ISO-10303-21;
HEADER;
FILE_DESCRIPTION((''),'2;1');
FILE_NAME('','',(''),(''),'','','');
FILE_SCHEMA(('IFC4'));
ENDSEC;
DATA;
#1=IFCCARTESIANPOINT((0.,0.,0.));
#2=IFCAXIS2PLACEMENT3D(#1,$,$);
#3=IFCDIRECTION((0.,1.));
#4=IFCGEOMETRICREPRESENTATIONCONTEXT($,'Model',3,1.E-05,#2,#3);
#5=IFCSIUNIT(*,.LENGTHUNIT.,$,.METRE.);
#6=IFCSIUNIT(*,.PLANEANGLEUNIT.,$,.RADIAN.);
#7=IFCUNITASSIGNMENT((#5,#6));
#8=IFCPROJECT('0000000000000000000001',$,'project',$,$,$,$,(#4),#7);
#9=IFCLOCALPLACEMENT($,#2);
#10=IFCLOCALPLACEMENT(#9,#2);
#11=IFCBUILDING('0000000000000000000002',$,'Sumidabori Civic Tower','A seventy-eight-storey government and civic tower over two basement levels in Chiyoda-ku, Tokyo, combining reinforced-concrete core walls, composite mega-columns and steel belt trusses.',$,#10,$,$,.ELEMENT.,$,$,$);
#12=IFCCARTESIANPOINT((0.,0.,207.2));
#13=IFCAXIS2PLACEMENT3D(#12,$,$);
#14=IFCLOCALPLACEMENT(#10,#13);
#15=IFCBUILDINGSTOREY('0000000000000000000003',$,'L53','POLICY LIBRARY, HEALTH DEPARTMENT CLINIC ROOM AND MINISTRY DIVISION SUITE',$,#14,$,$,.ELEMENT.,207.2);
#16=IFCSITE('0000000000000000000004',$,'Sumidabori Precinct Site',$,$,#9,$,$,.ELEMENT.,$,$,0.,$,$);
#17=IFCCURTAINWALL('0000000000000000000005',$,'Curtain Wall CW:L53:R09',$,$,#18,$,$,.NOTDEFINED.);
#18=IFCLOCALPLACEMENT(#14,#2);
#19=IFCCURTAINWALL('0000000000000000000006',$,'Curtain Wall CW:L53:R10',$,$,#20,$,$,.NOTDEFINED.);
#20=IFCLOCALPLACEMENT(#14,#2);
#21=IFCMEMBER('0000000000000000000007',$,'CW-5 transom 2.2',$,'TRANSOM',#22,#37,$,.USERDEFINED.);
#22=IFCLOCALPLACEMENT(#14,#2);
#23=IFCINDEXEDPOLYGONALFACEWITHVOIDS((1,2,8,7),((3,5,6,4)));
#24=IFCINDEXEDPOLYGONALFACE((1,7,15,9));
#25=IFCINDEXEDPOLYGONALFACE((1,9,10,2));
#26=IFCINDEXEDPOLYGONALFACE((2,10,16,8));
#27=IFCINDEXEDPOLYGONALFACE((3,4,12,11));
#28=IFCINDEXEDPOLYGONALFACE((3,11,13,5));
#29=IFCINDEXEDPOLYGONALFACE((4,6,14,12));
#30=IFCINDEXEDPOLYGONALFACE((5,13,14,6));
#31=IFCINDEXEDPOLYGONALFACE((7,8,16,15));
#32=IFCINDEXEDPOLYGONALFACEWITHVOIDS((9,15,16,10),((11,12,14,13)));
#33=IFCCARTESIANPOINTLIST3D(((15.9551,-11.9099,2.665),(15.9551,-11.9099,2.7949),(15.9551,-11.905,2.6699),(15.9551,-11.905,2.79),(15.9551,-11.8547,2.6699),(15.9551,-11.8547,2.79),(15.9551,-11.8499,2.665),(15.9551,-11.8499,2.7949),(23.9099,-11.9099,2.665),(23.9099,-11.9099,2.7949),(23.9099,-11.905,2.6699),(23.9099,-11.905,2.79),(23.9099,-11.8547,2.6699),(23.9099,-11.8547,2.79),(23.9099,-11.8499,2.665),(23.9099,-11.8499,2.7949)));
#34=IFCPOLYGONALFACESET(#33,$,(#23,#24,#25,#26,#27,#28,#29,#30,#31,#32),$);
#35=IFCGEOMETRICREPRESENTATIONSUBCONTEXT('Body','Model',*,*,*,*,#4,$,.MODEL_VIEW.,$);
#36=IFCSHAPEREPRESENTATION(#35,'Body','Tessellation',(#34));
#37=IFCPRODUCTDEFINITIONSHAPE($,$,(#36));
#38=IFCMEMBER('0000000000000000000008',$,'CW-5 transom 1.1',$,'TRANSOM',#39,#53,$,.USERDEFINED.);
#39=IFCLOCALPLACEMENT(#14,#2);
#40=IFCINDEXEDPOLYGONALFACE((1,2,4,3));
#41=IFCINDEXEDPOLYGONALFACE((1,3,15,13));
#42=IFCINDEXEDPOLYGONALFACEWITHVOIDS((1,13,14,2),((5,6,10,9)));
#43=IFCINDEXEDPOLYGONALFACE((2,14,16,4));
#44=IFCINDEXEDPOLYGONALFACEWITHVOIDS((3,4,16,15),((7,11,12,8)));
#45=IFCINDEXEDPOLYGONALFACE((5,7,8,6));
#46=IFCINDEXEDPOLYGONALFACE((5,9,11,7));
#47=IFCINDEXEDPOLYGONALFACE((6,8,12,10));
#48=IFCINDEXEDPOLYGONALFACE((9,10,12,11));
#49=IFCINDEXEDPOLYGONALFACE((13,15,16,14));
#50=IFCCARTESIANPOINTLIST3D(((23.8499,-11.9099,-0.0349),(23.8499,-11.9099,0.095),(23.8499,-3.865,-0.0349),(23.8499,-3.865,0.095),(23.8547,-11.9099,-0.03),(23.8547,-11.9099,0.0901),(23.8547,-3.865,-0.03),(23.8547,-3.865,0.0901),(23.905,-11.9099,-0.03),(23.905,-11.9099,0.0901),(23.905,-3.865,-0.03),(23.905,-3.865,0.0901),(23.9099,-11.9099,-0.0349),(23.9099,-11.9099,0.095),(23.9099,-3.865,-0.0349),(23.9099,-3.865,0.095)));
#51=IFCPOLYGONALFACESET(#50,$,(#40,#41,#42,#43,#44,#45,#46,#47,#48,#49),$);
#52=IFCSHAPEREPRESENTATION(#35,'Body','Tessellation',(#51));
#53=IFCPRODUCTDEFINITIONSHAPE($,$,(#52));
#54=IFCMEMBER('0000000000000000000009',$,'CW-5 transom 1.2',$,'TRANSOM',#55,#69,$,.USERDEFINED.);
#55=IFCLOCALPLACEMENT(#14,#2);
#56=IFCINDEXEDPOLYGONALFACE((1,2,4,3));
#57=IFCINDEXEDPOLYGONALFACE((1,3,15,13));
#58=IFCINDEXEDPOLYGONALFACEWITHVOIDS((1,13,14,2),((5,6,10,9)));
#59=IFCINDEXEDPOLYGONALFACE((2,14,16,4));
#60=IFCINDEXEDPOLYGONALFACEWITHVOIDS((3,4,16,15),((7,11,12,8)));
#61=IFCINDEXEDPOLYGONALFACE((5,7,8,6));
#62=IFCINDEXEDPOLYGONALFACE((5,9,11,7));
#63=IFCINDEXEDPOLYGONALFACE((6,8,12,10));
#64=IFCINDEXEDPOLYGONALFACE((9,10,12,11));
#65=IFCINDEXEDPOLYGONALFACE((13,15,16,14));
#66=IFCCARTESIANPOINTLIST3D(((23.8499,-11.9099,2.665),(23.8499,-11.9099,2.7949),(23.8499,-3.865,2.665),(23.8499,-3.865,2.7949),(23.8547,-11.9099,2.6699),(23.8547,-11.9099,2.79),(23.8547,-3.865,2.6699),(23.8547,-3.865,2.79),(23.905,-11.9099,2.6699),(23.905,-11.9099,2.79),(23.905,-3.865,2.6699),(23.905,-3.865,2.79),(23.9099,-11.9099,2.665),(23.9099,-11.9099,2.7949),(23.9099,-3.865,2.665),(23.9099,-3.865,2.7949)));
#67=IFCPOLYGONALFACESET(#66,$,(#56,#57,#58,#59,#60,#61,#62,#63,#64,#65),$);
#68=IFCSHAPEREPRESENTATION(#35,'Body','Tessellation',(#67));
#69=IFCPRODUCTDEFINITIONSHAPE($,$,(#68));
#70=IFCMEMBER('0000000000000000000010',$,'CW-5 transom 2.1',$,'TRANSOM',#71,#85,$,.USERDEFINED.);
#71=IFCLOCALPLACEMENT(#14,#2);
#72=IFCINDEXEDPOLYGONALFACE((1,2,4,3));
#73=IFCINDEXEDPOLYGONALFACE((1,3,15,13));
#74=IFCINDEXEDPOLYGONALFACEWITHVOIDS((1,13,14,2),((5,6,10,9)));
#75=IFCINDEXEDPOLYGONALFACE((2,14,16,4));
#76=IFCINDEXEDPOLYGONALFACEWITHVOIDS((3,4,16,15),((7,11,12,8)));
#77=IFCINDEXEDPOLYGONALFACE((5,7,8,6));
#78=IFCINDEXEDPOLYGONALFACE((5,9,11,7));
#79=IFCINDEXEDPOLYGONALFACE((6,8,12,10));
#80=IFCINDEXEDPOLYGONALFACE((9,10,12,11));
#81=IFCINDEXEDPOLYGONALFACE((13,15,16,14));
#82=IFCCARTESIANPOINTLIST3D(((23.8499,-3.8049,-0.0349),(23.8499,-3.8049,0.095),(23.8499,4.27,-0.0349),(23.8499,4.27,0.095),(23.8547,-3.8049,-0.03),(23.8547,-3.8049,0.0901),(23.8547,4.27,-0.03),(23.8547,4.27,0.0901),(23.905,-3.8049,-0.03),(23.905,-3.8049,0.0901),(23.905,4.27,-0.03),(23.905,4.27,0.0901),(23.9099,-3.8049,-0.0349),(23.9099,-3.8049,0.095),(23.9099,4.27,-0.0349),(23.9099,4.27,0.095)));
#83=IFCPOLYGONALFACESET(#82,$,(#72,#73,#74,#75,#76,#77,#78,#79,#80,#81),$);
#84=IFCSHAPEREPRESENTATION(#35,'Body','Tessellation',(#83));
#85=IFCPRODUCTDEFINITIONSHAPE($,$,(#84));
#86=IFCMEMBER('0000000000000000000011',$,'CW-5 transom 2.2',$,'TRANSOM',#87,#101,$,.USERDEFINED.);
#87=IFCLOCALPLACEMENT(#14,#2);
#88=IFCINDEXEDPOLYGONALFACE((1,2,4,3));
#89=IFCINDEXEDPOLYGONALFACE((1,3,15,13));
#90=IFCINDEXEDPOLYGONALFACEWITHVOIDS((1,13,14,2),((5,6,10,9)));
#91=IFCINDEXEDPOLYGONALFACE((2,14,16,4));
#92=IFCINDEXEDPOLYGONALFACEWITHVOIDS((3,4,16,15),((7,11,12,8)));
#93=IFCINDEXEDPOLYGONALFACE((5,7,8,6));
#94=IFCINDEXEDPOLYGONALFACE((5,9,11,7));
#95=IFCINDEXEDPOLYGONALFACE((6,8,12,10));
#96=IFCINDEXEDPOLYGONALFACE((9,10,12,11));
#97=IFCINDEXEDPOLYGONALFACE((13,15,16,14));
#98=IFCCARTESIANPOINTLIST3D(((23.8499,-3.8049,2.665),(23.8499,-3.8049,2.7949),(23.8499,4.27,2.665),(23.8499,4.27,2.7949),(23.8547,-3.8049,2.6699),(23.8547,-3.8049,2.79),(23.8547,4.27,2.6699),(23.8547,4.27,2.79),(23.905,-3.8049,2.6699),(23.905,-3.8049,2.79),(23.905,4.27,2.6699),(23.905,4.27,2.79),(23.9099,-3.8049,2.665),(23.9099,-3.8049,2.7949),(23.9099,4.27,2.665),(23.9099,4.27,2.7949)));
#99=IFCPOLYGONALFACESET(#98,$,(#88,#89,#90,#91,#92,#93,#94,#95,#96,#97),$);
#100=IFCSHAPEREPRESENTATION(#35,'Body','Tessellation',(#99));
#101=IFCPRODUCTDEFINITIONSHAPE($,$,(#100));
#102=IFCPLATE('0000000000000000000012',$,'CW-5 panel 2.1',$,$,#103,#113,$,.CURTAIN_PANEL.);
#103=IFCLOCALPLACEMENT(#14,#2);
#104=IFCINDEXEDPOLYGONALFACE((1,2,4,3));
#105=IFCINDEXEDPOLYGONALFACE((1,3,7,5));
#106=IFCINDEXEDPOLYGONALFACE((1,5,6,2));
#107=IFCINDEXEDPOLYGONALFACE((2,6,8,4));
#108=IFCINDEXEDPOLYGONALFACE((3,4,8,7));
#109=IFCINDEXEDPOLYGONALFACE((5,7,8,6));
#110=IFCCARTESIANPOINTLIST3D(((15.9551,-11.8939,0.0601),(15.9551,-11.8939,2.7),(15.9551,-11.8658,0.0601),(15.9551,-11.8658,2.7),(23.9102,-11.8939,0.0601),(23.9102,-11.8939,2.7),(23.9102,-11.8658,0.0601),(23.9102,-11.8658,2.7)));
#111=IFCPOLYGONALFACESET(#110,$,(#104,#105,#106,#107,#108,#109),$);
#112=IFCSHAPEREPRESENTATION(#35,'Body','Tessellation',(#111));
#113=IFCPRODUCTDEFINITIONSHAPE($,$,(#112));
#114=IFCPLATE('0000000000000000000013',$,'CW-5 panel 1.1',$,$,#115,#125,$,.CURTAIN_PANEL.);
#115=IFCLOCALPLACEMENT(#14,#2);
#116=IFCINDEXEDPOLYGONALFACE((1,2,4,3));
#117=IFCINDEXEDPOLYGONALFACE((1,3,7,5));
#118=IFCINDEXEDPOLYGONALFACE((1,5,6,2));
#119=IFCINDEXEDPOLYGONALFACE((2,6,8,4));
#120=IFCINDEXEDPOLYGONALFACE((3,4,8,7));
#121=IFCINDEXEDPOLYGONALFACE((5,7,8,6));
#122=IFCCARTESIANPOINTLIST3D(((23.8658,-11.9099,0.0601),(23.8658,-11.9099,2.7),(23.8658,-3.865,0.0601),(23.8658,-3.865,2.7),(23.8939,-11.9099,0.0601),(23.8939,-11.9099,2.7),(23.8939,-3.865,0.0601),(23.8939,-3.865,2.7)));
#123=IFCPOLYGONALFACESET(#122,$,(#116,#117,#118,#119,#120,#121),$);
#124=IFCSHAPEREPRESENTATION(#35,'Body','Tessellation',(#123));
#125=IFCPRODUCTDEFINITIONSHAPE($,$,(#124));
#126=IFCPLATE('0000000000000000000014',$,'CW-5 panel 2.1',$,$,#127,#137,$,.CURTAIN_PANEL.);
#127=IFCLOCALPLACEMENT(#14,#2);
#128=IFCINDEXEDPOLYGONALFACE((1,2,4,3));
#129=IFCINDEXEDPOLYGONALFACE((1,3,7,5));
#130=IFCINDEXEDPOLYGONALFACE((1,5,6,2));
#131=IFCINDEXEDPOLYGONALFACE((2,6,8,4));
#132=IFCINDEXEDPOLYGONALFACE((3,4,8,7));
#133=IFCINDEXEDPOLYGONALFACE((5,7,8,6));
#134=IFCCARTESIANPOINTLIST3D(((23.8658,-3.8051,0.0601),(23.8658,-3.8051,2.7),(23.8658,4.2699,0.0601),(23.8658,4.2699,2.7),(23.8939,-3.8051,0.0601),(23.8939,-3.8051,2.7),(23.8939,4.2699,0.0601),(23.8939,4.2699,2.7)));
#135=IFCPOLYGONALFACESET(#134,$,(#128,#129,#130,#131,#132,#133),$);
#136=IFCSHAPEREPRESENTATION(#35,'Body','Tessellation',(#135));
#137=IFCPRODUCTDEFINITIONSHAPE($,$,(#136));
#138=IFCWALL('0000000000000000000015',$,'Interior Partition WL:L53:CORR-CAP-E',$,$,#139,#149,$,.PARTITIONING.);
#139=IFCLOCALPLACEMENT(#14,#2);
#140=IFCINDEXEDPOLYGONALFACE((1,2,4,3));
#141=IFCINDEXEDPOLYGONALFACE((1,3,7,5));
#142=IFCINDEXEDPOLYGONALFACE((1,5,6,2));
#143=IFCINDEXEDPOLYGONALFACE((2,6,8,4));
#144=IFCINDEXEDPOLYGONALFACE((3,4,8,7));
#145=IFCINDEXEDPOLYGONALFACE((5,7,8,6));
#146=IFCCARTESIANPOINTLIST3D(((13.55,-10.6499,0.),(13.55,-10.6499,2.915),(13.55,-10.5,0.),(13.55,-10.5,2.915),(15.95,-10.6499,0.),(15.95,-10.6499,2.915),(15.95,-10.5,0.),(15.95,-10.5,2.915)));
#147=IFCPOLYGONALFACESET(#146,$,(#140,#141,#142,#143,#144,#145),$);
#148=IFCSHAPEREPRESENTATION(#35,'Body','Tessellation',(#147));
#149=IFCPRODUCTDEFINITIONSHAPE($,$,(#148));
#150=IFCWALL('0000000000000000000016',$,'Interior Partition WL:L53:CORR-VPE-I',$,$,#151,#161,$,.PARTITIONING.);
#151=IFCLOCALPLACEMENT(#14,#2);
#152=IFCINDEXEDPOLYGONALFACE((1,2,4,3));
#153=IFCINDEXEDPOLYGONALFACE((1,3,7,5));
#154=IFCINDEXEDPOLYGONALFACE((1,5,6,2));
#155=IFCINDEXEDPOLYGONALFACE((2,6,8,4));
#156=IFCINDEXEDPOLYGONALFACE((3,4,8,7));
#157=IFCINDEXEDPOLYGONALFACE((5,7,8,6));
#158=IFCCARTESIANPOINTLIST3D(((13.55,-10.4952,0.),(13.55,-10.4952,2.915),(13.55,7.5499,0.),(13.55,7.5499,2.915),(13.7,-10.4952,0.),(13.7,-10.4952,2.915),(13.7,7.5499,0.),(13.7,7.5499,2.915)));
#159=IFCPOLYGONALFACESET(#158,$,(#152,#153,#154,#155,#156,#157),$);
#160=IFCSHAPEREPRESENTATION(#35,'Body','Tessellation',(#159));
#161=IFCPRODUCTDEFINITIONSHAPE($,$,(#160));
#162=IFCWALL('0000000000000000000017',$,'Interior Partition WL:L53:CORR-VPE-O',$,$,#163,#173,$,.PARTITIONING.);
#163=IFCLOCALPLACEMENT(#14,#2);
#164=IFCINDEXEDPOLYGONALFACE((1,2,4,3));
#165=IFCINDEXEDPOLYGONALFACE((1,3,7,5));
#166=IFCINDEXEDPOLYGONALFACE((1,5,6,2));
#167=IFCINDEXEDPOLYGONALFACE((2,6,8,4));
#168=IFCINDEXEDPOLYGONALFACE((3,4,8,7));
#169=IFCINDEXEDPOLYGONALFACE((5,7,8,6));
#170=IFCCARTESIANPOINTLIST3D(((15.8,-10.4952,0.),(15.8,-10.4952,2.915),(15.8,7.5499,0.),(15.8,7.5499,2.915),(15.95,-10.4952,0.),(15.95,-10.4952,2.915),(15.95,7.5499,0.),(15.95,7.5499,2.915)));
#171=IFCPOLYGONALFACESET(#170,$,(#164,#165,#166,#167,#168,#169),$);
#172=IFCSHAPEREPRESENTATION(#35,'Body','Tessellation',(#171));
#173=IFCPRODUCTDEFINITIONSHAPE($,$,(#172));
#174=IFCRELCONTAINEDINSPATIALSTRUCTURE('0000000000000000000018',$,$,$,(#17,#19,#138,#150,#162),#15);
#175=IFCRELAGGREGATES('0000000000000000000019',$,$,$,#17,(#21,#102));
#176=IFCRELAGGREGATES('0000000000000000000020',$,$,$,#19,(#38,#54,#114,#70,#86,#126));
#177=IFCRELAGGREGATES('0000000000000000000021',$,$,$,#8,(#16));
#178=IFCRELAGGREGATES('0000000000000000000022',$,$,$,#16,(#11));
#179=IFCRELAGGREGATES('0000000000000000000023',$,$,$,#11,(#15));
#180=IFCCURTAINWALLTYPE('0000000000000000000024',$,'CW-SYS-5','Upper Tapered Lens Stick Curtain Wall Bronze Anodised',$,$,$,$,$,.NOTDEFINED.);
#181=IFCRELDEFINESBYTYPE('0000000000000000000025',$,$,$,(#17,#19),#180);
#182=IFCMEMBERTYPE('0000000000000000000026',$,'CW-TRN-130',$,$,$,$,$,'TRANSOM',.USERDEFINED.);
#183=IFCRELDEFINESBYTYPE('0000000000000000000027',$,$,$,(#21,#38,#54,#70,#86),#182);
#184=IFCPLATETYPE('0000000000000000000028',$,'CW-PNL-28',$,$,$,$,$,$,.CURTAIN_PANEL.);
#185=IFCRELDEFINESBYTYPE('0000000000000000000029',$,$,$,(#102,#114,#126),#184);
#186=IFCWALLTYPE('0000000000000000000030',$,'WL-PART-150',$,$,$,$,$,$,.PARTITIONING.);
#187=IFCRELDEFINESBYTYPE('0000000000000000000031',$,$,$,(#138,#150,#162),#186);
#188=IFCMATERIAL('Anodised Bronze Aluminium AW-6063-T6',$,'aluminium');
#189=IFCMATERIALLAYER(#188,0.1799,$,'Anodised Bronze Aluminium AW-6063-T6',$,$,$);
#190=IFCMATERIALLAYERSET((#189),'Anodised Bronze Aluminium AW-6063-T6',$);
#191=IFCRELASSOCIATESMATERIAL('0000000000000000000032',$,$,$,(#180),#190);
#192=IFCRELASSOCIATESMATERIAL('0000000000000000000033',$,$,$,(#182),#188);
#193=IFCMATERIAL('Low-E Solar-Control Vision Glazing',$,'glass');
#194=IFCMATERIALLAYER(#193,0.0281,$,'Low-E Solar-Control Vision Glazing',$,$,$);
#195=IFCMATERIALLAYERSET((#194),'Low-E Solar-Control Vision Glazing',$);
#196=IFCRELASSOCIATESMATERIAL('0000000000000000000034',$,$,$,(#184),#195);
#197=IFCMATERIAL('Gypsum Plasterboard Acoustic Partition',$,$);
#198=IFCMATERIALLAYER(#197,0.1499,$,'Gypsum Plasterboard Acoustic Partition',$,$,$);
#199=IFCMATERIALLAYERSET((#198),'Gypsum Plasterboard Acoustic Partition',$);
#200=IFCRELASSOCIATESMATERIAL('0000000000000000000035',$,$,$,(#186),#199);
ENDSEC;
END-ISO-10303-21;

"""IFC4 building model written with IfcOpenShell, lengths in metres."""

from ifc_helpers import new_model, si_unit, direction, frame, frame_2d, origin, origin_2d, place, context, subcontext, project, spatial, rectangle, hollow_rectangle, extrude, source, transform, mapped, material, layer, layer_set, material_profile, profile_set, type_object, element, aggregate, save


model = new_model("IFC4")

# Units and contexts
model_context = context("Model", 3, precision=1e-05, world=origin(), true_north=direction((0.0, 1.0)))
body_context = subcontext(model_context, "Body", "Model", "MODEL_VIEW")
ifc_project = project(units=[si_unit("LENGTHUNIT", "METRE"), si_unit("PLANEANGLEUNIT", "RADIAN")], contexts=[model_context])

# Site, building, storey
site_placement = place(None, origin())
site = spatial("IfcSite", under=ifc_project, at=site_placement, Name="Sumidabori Precinct Site", CompositionType="ELEMENT", RefElevation=0.0)
building_placement = place(site_placement, origin())
building = spatial("IfcBuilding", under=site, at=building_placement, Name="Sumidabori Civic Tower", Description="A seventy-eight-storey government and civic tower over two basement levels in Chiyoda-ku, Tokyo, combining reinforced-concrete core walls, composite mega-columns and steel belt trusses.", CompositionType="ELEMENT")
storey_placement = place(building_placement, frame((0.0, 0.0, 207.2)))
storey = spatial("IfcBuildingStorey", under=building, at=storey_placement, Name="L53", Description="POLICY LIBRARY, HEALTH DEPARTMENT CLINIC ROOM AND MINISTRY DIVISION SUITE", CompositionType="ELEMENT", Elevation=207.2)

# Curtain walls
ifc_material_1 = material(Name="Anodised Bronze Aluminium AW-6063-T6", Category="aluminium")
ifc_layer_1 = layer(ifc_material_1, 0.1799, Name="Anodised Bronze Aluminium AW-6063-T6")
ifc_layer_set_1 = layer_set([ifc_layer_1], Name="Anodised Bronze Aluminium AW-6063-T6")
curtain_wall_type = type_object("IfcCurtainWallType", Name="CW-SYS-5", Description="Upper Tapered Lens Stick Curtain Wall Bronze Anodised", PredefinedType="NOTDEFINED", material=ifc_layer_set_1)
curtain_wall_1_placement = place(storey_placement, origin())
curtain_wall_1 = element("IfcCurtainWall", 1, at=curtain_wall_1_placement, inside=storey, type_object=curtain_wall_type, Name="Curtain Wall CW:L53:R09", PredefinedType="NOTDEFINED")
curtain_wall_2_placement = place(storey_placement, origin())
curtain_wall_2 = element("IfcCurtainWall", 2, at=curtain_wall_2_placement, inside=storey, type_object=curtain_wall_type, Name="Curtain Wall CW:L53:R10", PredefinedType="NOTDEFINED")

# Members
ifc_material_profile_1 = material_profile(ifc_material_1, hollow_rectangle(XDim=0.0601, YDim=0.1299, WallThickness=0.0049, at=origin_2d()), Name="ALU TRANSOM 130x60")
ifc_profile_set_1 = profile_set([ifc_material_profile_1], Name="Anodised Bronze Aluminium AW-6063-T6")
member_type_1 = type_object("IfcMemberType", Name="CW-TRN-130", ElementType="TRANSOM", PredefinedType="USERDEFINED", material=ifc_profile_set_1)
shared_shape_1 = source(origin(), body_context, "Body", "SweptSolid", [
    extrude(hollow_rectangle(XDim=0.0601, YDim=0.1299, WallThickness=0.0049, at=origin_2d()), origin(), (0.0, 0.0, 1.0), 7.9548),
])
member_1_placement = place(storey_placement, frame((15.9551, -11.8799, 2.73), z_axis=(1.0, 0.0, 0.0), x_axis=(0.0, 1.0, 0.0)))
member_1 = element("IfcMember", 3, at=member_1_placement, type_object=member_type_1, Name="CW-5 transom 2.2", ObjectType="TRANSOM", PredefinedType="USERDEFINED", context=body_context, shape_type="MappedRepresentation", body=[
    mapped(shared_shape_1, transform((0.0, 0.0, 0.0), x_axis=(1.0, 0.0, 0.0), y_axis=(0.0, 1.0, 0.0), z_axis=(0.0, 0.0, 1.0), scale=1.0)),
])
shared_shape_2 = source(origin(), body_context, "Body", "SweptSolid", [
    extrude(hollow_rectangle(XDim=0.0601, YDim=0.1299, WallThickness=0.0049, at=origin_2d()), origin(), (0.0, 0.0, 1.0), 8.0449),
])
member_2_placement = place(storey_placement, frame((23.8799, -11.9099, 0.03), z_axis=(0.0, 1.0, 0.0), x_axis=(-1.0, 0.0, 0.0)))
member_2 = element("IfcMember", 4, at=member_2_placement, type_object=member_type_1, Name="CW-5 transom 1.1", ObjectType="TRANSOM", PredefinedType="USERDEFINED", context=body_context, shape_type="MappedRepresentation", body=[
    mapped(shared_shape_2, transform((0.0, 0.0, 0.0), x_axis=(1.0, 0.0, 0.0), y_axis=(0.0, 1.0, 0.0), z_axis=(0.0, 0.0, 1.0), scale=1.0)),
])
member_3_placement = place(storey_placement, frame((23.8799, -11.9099, 2.73), z_axis=(0.0, 1.0, 0.0), x_axis=(-1.0, 0.0, 0.0)))
member_3 = element("IfcMember", 5, at=member_3_placement, type_object=member_type_1, Name="CW-5 transom 1.2", ObjectType="TRANSOM", PredefinedType="USERDEFINED", context=body_context, shape_type="MappedRepresentation", body=[
    mapped(shared_shape_2, transform((0.0, 0.0, 0.0), x_axis=(1.0, 0.0, 0.0), y_axis=(0.0, 1.0, 0.0), z_axis=(0.0, 0.0, 1.0), scale=1.0)),
])
shared_shape_3 = source(origin(), body_context, "Body", "SweptSolid", [
    extrude(hollow_rectangle(XDim=0.0601, YDim=0.1299, WallThickness=0.0049, at=origin_2d()), origin(), (0.0, 0.0, 1.0), 8.075),
])
member_4_placement = place(storey_placement, frame((23.8799, -3.8049, 0.03), z_axis=(0.0, 1.0, 0.0), x_axis=(-1.0, 0.0, 0.0)))
member_4 = element("IfcMember", 6, at=member_4_placement, type_object=member_type_1, Name="CW-5 transom 2.1", ObjectType="TRANSOM", PredefinedType="USERDEFINED", context=body_context, shape_type="MappedRepresentation", body=[
    mapped(shared_shape_3, transform((0.0, 0.0, 0.0), x_axis=(1.0, 0.0, 0.0), y_axis=(0.0, 1.0, 0.0), z_axis=(0.0, 0.0, 1.0), scale=1.0)),
])
member_5_placement = place(storey_placement, frame((23.8799, -3.8049, 2.73), z_axis=(0.0, 1.0, 0.0), x_axis=(-1.0, 0.0, 0.0)))
member_5 = element("IfcMember", 7, at=member_5_placement, type_object=member_type_1, Name="CW-5 transom 2.2", ObjectType="TRANSOM", PredefinedType="USERDEFINED", context=body_context, shape_type="MappedRepresentation", body=[
    mapped(shared_shape_3, transform((0.0, 0.0, 0.0), x_axis=(1.0, 0.0, 0.0), y_axis=(0.0, 1.0, 0.0), z_axis=(0.0, 0.0, 1.0), scale=1.0)),
])

# Plates
ifc_material_2 = material(Name="Low-E Solar-Control Vision Glazing", Category="glass")
ifc_layer_2 = layer(ifc_material_2, 0.0281, Name="Low-E Solar-Control Vision Glazing")
ifc_layer_set_2 = layer_set([ifc_layer_2], Name="Low-E Solar-Control Vision Glazing")
plate_type = type_object("IfcPlateType", Name="CW-PNL-28", PredefinedType="CURTAIN_PANEL", material=ifc_layer_set_2)
shared_shape_4 = source(origin(), body_context, "Body", "SweptSolid", [
    extrude(rectangle(XDim=7.9551, YDim=0.0281, at=origin_2d()), origin(), (0.0, 0.0, 1.0), 2.6399),
])
plate_1_placement = place(storey_placement, frame((19.9326, -11.8799, 0.0601), z_axis=(0.0, 0.0, 1.0), x_axis=(1.0, 0.0, 0.0)))
plate_1 = element("IfcPlate", 8, at=plate_1_placement, type_object=plate_type, Name="CW-5 panel 2.1", PredefinedType="CURTAIN_PANEL", context=body_context, shape_type="MappedRepresentation", body=[
    mapped(shared_shape_4, transform((0.0, 0.0, 0.0), x_axis=(1.0, 0.0, 0.0), y_axis=(0.0, 1.0, 0.0), z_axis=(0.0, 0.0, 1.0), scale=1.0)),
])
aggregate(curtain_wall_1, [member_1, plate_1])
shared_shape_5 = source(origin(), body_context, "Body", "SweptSolid", [
    extrude(rectangle(XDim=8.0449, YDim=0.0281, at=origin_2d()), origin(), (0.0, 0.0, 1.0), 2.6399),
])
plate_2_placement = place(storey_placement, frame((23.8799, -7.8875, 0.0601), z_axis=(0.0, 0.0, 1.0), x_axis=(0.0, 1.0, 0.0)))
plate_2 = element("IfcPlate", 9, at=plate_2_placement, type_object=plate_type, Name="CW-5 panel 1.1", PredefinedType="CURTAIN_PANEL", context=body_context, shape_type="MappedRepresentation", body=[
    mapped(shared_shape_5, transform((0.0, 0.0, 0.0), x_axis=(1.0, 0.0, 0.0), y_axis=(0.0, 1.0, 0.0), z_axis=(0.0, 0.0, 1.0), scale=1.0)),
])
shared_shape_6 = source(origin(), body_context, "Body", "SweptSolid", [
    extrude(rectangle(XDim=8.075, YDim=0.0281, at=origin_2d()), origin(), (0.0, 0.0, 1.0), 2.6399),
])
plate_3_placement = place(storey_placement, frame((23.8799, 0.2324, 0.0601), z_axis=(0.0, 0.0, 1.0), x_axis=(0.0, 1.0, 0.0)))
plate_3 = element("IfcPlate", 10, at=plate_3_placement, type_object=plate_type, Name="CW-5 panel 2.1", PredefinedType="CURTAIN_PANEL", context=body_context, shape_type="MappedRepresentation", body=[
    mapped(shared_shape_6, transform((0.0, 0.0, 0.0), x_axis=(1.0, 0.0, 0.0), y_axis=(0.0, 1.0, 0.0), z_axis=(0.0, 0.0, 1.0), scale=1.0)),
])
aggregate(curtain_wall_2, [member_2, member_3, plate_2, member_4, member_5, plate_3])

# Walls
ifc_material_3 = material(Name="Gypsum Plasterboard Acoustic Partition")
ifc_layer_3 = layer(ifc_material_3, 0.1499, Name="Gypsum Plasterboard Acoustic Partition")
ifc_layer_set_3 = layer_set([ifc_layer_3], Name="Gypsum Plasterboard Acoustic Partition")
wall_type = type_object("IfcWallType", Name="WL-PART-150", PredefinedType="PARTITIONING", material=ifc_layer_set_3)
shared_shape_7 = source(origin(), body_context, "Body", "SweptSolid", [
    extrude(rectangle(XDim=2.3999, YDim=0.1499, at=frame_2d((1.2, 0.0))), origin(), (0.0, 0.0, 1.0), 2.915),
])
wall_placement = place(storey_placement, frame((13.55, -10.575, 0.0), z_axis=(0.0, 0.0, 1.0), x_axis=(1.0, 0.0, 0.0)))
element("IfcWall", 11, at=wall_placement, inside=storey, type_object=wall_type, Name="Interior Partition WL:L53:CORR-CAP-E", PredefinedType="PARTITIONING", context=body_context, shape_type="MappedRepresentation", body=[
    mapped(shared_shape_7, transform((0.0, 0.0, 0.0), x_axis=(1.0, 0.0, 0.0), y_axis=(0.0, 1.0, 0.0), z_axis=(0.0, 0.0, 1.0), scale=1.0)),
])
shared_shape_8 = source(origin(), body_context, "Body", "SweptSolid", [
    extrude(rectangle(XDim=18.0452, YDim=0.1499, at=frame_2d((9.0225, 0.0))), origin(), (0.0, 0.0, 1.0), 2.915),
])
for number, where, z_axis, x_axis, name in (
    (12, (13.625, -10.4951, 0.0), (0.0, 0.0, 1.0), (0.0, 1.0, 0.0), "Interior Partition WL:L53:CORR-VPE-I"),
    (13, (15.875, -10.4951, 0.0), (0.0, 0.0, 1.0), (0.0, 1.0, 0.0), "Interior Partition WL:L53:CORR-VPE-O"),
):
    element("IfcWall", number, at=place(storey_placement, frame(where, z_axis=z_axis, x_axis=x_axis)), inside=storey, type_object=wall_type, Name=name, PredefinedType="PARTITIONING", context=body_context, shape_type="MappedRepresentation", body=[
        mapped(shared_shape_8, transform((0.0, 0.0, 0.0), x_axis=(1.0, 0.0, 0.0), y_axis=(0.0, 1.0, 0.0), z_axis=(0.0, 0.0, 1.0), scale=1.0)),
    ])

save(model, "model.ifc")
